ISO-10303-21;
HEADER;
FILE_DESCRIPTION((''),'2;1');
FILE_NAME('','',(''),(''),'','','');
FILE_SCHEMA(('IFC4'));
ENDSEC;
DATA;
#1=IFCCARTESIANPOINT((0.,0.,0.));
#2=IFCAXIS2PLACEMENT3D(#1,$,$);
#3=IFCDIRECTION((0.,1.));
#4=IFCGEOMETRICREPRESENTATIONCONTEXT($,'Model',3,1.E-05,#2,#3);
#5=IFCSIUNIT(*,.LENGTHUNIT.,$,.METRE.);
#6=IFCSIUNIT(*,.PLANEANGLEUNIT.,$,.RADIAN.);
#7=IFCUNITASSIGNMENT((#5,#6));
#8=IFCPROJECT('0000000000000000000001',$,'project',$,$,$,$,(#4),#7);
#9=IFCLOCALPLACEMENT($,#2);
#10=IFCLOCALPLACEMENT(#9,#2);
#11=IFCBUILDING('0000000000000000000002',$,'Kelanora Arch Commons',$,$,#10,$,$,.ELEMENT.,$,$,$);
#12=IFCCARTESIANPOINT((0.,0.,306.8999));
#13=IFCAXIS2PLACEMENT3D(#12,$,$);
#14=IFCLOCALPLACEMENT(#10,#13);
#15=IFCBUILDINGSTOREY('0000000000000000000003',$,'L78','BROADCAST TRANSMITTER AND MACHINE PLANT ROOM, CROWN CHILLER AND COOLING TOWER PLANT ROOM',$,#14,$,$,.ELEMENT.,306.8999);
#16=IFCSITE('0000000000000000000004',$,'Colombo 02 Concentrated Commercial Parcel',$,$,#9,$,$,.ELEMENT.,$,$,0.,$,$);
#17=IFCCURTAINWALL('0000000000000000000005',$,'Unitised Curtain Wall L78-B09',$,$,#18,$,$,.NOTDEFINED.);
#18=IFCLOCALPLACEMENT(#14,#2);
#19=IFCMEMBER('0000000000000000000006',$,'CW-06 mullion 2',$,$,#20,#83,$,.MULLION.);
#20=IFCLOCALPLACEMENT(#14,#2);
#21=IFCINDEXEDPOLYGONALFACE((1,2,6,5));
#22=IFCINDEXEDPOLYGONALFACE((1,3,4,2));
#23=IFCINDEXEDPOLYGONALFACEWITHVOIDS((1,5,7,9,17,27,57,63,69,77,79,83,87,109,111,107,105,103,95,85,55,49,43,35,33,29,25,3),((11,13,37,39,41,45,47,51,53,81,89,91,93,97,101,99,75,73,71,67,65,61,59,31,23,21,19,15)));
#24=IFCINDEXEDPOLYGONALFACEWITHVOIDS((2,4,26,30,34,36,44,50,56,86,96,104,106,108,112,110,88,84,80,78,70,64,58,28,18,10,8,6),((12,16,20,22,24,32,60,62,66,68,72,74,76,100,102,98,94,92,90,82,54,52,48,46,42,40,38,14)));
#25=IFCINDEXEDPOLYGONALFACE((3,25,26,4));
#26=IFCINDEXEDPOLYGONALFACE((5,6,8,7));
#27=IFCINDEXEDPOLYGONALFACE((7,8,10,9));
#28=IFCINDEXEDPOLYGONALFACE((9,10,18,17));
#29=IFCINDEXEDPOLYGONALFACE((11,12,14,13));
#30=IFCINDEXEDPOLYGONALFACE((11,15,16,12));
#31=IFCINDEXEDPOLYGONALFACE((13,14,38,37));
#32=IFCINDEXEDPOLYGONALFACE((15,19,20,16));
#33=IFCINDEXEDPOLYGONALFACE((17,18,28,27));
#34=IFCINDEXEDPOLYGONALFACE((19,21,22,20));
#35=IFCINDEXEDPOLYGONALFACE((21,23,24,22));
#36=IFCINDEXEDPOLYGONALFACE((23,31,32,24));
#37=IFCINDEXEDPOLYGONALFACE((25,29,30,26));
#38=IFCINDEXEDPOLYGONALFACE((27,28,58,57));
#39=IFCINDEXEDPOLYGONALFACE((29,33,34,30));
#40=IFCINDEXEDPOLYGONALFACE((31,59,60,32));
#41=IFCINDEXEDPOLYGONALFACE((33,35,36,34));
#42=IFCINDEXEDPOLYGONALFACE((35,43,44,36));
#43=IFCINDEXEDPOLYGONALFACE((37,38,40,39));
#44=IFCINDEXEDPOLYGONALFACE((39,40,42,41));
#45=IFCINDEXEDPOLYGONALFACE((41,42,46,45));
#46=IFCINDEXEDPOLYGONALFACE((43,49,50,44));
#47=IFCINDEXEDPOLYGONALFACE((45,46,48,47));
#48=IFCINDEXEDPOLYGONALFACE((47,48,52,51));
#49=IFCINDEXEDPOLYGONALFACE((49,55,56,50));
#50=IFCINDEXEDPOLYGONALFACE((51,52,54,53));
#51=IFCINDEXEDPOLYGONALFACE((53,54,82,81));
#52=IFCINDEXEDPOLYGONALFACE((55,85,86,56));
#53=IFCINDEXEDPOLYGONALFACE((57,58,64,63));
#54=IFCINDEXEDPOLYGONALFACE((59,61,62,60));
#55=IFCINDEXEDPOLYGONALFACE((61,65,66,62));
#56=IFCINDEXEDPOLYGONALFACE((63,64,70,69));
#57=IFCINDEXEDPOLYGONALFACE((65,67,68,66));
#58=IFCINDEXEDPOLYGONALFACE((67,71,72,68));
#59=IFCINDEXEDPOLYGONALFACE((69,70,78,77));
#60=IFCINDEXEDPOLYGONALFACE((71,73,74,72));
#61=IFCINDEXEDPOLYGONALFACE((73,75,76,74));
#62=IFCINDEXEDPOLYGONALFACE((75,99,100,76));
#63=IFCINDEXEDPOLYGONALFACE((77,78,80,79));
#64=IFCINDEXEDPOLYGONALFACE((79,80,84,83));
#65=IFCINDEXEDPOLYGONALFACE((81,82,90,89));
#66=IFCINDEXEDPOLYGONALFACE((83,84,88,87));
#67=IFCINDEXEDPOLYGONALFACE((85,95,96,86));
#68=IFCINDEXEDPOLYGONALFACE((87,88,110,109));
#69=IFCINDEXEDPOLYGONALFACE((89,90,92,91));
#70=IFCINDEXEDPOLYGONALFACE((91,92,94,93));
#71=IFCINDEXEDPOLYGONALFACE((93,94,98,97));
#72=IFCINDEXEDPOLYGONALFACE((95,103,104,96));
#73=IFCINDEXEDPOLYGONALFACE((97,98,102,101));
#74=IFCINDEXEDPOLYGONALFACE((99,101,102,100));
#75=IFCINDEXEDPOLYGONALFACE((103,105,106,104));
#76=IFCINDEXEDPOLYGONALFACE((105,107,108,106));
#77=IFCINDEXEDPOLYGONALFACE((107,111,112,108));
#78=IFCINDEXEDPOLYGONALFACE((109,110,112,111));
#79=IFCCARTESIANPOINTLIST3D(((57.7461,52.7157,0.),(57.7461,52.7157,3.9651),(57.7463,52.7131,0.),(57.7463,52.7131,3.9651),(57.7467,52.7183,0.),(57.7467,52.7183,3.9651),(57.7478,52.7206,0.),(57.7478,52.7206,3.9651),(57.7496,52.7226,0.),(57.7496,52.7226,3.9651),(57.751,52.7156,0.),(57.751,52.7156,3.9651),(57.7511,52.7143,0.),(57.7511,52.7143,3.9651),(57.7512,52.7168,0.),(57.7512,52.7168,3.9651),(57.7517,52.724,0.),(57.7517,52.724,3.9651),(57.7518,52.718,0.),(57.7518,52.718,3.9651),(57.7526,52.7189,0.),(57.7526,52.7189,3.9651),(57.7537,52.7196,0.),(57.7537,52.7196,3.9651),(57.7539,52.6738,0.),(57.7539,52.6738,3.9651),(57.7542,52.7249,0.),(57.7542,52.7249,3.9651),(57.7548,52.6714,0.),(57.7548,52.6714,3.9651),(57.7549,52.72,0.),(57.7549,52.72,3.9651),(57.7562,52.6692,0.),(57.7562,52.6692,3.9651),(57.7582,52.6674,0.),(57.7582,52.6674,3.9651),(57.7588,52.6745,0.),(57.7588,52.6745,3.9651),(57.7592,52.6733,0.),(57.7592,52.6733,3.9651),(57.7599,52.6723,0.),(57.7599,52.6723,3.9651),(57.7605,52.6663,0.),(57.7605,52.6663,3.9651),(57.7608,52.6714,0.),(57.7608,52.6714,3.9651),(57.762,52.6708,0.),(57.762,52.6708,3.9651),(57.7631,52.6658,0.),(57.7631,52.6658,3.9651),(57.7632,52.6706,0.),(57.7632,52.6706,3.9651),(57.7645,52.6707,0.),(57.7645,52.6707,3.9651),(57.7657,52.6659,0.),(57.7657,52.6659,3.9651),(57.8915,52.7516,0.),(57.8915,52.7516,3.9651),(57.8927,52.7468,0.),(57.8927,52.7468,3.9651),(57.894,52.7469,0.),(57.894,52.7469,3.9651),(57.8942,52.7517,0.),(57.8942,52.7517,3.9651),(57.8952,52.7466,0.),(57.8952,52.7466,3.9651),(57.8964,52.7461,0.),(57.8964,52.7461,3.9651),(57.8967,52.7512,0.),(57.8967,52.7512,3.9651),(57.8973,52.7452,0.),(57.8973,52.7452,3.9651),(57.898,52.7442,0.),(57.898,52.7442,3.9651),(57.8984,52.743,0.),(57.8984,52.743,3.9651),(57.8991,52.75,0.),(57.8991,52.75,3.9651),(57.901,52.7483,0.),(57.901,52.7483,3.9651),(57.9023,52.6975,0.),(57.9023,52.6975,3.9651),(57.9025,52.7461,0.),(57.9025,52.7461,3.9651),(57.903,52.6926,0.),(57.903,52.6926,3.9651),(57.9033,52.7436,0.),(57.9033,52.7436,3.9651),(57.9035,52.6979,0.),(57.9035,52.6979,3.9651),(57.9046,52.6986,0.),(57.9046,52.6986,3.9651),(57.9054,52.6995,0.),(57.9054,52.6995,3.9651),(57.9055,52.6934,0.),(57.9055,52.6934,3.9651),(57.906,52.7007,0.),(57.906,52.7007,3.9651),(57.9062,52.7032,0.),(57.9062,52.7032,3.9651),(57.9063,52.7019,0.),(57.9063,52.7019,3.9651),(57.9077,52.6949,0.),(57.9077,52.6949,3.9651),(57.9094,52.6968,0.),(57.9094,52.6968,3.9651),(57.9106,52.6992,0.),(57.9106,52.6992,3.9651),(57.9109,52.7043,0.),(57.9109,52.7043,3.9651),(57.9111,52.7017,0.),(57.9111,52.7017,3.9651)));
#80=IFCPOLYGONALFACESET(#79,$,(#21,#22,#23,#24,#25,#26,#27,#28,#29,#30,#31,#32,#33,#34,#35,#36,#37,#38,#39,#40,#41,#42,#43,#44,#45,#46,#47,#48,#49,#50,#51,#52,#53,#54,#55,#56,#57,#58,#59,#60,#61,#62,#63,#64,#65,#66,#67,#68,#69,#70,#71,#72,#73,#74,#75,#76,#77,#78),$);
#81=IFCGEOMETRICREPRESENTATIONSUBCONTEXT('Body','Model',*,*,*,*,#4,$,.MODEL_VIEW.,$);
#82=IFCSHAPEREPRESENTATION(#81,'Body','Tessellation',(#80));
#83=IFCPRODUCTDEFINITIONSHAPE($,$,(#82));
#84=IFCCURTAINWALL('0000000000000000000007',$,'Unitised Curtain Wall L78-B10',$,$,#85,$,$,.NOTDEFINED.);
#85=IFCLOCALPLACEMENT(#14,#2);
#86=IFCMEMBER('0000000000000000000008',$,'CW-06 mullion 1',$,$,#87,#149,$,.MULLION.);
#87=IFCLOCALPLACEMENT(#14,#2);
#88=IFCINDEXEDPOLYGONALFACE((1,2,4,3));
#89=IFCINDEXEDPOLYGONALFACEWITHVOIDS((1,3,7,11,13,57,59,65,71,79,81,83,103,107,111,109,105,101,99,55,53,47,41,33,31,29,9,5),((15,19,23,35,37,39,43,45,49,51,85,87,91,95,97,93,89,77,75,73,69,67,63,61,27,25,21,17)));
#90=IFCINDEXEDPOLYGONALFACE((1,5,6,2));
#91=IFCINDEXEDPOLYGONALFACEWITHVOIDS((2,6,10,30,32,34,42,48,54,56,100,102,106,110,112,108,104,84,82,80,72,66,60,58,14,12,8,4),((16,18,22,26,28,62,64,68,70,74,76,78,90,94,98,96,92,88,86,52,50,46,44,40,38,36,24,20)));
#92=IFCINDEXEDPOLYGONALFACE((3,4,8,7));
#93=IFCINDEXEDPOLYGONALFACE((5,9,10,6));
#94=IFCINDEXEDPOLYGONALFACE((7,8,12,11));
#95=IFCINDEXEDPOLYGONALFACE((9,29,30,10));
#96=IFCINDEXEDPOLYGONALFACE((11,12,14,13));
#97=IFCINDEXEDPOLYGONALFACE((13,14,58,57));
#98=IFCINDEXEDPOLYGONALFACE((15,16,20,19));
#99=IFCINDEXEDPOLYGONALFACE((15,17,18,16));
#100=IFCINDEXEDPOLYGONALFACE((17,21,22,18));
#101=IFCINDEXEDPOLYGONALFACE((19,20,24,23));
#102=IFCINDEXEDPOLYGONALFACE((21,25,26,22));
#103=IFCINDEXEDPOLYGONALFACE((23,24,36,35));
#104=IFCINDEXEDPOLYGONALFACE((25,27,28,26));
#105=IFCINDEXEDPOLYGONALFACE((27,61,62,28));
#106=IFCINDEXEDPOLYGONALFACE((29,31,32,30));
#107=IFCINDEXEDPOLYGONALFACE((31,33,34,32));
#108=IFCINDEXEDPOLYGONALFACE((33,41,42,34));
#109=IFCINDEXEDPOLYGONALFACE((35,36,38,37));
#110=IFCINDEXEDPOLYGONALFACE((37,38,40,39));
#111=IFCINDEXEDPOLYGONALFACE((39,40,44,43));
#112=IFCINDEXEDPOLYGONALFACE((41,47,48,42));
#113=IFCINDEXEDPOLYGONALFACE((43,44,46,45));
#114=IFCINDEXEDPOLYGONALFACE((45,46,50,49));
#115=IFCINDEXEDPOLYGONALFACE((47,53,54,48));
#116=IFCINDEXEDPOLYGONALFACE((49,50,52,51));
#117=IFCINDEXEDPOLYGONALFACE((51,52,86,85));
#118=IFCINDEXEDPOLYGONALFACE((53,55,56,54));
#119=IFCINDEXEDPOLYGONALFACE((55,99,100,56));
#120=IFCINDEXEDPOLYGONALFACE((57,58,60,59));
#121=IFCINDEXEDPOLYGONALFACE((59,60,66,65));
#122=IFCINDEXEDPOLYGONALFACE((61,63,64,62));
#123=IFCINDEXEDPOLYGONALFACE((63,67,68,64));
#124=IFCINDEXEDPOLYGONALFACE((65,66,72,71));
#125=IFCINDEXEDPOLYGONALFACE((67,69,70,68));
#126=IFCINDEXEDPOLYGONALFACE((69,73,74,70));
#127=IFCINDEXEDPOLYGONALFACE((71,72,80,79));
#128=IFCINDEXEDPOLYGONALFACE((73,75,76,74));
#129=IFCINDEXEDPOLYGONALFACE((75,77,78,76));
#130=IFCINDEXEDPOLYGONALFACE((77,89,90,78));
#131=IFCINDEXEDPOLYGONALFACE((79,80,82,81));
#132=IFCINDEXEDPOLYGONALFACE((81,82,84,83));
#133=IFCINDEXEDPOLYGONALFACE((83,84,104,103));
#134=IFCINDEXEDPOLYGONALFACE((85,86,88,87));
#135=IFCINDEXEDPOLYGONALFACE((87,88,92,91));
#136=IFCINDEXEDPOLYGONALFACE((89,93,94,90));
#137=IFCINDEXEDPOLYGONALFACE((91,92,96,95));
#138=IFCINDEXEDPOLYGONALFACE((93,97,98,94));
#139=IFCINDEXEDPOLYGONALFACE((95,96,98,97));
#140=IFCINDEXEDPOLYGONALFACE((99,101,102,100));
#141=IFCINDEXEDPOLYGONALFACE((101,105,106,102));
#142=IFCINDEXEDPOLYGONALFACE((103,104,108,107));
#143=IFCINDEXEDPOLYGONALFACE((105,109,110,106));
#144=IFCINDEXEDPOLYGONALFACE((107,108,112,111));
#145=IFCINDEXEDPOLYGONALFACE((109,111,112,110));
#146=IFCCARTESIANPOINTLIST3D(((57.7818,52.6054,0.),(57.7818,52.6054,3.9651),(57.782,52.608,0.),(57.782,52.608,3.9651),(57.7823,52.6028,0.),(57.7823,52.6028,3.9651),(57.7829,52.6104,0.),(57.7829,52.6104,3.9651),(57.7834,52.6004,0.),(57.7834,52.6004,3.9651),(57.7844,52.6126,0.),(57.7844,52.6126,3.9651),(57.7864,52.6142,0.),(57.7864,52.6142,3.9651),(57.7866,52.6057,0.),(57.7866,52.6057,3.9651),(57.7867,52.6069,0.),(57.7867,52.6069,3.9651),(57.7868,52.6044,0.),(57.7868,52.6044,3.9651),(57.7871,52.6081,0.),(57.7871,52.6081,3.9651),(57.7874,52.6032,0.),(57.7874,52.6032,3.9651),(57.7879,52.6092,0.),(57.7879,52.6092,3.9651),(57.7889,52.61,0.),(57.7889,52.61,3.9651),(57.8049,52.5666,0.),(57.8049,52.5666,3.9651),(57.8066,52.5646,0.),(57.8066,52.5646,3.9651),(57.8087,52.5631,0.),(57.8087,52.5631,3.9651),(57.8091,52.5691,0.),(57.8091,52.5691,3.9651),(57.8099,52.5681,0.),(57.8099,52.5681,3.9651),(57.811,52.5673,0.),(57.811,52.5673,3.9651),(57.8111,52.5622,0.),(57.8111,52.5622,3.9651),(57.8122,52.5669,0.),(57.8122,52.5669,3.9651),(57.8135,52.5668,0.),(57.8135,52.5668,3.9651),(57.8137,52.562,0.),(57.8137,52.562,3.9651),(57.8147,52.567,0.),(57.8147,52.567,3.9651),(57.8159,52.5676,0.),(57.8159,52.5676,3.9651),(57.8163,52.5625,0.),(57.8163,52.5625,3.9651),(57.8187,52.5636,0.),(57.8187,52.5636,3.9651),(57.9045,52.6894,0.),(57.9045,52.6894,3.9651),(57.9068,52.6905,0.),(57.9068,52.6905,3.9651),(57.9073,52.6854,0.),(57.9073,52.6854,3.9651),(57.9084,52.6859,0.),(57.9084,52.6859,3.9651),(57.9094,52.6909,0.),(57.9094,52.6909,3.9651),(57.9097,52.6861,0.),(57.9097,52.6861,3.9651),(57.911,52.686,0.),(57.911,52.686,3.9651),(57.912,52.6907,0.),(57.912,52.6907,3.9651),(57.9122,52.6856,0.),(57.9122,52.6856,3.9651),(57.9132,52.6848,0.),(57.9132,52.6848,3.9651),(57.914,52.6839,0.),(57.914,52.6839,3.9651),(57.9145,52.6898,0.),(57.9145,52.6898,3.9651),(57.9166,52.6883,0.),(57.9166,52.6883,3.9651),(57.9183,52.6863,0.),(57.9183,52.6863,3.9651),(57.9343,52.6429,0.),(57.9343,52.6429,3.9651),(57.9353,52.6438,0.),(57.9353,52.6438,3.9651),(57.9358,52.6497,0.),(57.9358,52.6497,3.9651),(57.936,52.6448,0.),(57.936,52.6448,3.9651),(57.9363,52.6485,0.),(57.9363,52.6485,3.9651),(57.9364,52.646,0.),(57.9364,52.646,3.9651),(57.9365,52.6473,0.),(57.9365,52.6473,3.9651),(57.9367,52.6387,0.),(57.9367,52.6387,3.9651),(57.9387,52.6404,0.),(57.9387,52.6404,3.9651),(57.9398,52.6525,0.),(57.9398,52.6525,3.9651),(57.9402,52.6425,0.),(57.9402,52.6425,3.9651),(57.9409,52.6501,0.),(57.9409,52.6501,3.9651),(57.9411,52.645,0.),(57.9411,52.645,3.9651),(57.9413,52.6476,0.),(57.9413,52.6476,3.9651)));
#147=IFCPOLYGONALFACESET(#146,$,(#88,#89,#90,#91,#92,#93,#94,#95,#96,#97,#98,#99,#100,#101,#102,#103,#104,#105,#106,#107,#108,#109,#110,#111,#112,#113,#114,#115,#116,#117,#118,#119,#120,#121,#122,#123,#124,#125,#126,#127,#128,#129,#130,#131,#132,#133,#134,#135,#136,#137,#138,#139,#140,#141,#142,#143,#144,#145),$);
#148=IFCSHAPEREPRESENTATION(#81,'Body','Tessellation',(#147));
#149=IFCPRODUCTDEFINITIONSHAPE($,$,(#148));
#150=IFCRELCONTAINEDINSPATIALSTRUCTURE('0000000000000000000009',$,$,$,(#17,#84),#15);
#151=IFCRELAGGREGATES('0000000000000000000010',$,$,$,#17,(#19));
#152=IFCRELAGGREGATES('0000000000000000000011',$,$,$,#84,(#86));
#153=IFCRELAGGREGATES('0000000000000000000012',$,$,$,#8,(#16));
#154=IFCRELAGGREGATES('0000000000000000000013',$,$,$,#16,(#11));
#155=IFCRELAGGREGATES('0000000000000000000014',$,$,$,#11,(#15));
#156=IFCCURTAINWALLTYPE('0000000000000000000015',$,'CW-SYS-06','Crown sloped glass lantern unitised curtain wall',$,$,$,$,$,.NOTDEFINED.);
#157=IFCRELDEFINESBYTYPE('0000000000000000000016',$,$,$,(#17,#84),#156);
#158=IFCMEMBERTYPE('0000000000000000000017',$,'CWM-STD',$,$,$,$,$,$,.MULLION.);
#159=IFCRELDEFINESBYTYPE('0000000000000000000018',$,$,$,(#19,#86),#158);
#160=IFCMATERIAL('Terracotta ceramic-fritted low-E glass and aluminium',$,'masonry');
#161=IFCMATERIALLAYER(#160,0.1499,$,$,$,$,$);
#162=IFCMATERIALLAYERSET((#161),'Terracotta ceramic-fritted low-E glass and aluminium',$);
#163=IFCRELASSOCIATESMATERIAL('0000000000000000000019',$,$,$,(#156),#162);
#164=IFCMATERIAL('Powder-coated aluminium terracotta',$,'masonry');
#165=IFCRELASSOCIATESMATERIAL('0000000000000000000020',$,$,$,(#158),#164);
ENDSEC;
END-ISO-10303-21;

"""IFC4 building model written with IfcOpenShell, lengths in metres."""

from ifc_helpers import new_model, si_unit, direction, frame, origin, origin_2d, place, context, subcontext, project, spatial, hollow_rectangle, extrude, material, layer, layer_set, material_profile, profile_set, type_object, element, aggregate, save


model = new_model("IFC4")

# Units and contexts
model_context = context("Model", 3, precision=1e-05, world=origin(), true_north=direction((0.0, 1.0)))
body_context = subcontext(model_context, "Body", "Model", "MODEL_VIEW")
ifc_project = project(units=[si_unit("LENGTHUNIT", "METRE"), si_unit("PLANEANGLEUNIT", "RADIAN")], contexts=[model_context])

# Site, building, storey
site_placement = place(None, origin())
site = spatial("IfcSite", under=ifc_project, at=site_placement, Name="Colombo 02 Concentrated Commercial Parcel", CompositionType="ELEMENT", RefElevation=0.0)
building_placement = place(site_placement, origin())
building = spatial("IfcBuilding", under=site, at=building_placement, Name="Kelanora Arch Commons", CompositionType="ELEMENT")
storey_placement = place(building_placement, frame((0.0, 0.0, 306.8999)))
storey = spatial("IfcBuildingStorey", under=building, at=storey_placement, Name="L78", Description="BROADCAST TRANSMITTER AND MACHINE PLANT ROOM, CROWN CHILLER AND COOLING TOWER PLANT ROOM", CompositionType="ELEMENT", Elevation=306.8999)

# Curtain walls, members
ifc_material_1 = material(Name="Terracotta ceramic-fritted low-E glass and aluminium", Category="masonry")
ifc_layer_1 = layer(ifc_material_1, 0.1499)
ifc_layer_set_1 = layer_set([ifc_layer_1], Name="Terracotta ceramic-fritted low-E glass and aluminium")
curtain_wall_type = type_object("IfcCurtainWallType", Name="CW-SYS-06", Description="Crown sloped glass lantern unitised curtain wall", PredefinedType="NOTDEFINED", material=ifc_layer_set_1)
curtain_wall_1_placement = place(storey_placement, origin())
curtain_wall_1 = element("IfcCurtainWall", 1, at=curtain_wall_1_placement, inside=storey, type_object=curtain_wall_type, Name="Unitised Curtain Wall L78-B09", PredefinedType="NOTDEFINED")
ifc_material_2 = material(Name="Powder-coated aluminium terracotta", Category="masonry")
ifc_material_profile_1 = material_profile(ifc_material_2, hollow_rectangle(XDim=0.1599, YDim=0.0601, WallThickness=0.0049, InnerFilletRadius=0.0049, OuterFilletRadius=0.01, at=origin_2d()), Name="CWM160x60")
ifc_profile_set_1 = profile_set([ifc_material_profile_1], Name="Powder-coated aluminium terracotta")
member_type_1 = type_object("IfcMemberType", Name="CWM-STD", PredefinedType="MULLION", material=ifc_profile_set_1)
member_1_placement = place(storey_placement, frame((57.8286, 52.7087, 0.0), z_axis=(0.0, 0.0, 1.0), x_axis=(0.981624, 0.190827, 0.0)))
member_1 = element("IfcMember", 2, at=member_1_placement, type_object=member_type_1, Name="CW-06 mullion 2", PredefinedType="MULLION", context=body_context, shape_type="SweptSolid", body=[
    extrude(hollow_rectangle(XDim=0.1599, YDim=0.0601, WallThickness=0.0049, InnerFilletRadius=0.0049, OuterFilletRadius=0.01, at=origin_2d()), origin(), (0.0, 0.0, 1.0), 3.9651),
])
curtain_wall_2_placement = place(storey_placement, origin())
curtain_wall_2 = element("IfcCurtainWall", 3, at=curtain_wall_2_placement, inside=storey, type_object=curtain_wall_type, Name="Unitised Curtain Wall L78-B10", PredefinedType="NOTDEFINED")
member_2_placement = place(storey_placement, frame((57.8616, 52.6265, 0.0), z_axis=(0.0, 0.0, 1.0), x_axis=(0.843592, 0.536984, 0.0)))
member_2 = element("IfcMember", 4, at=member_2_placement, type_object=member_type_1, Name="CW-06 mullion 1", PredefinedType="MULLION", context=body_context, shape_type="SweptSolid", body=[
    extrude(hollow_rectangle(XDim=0.1599, YDim=0.0601, WallThickness=0.0049, InnerFilletRadius=0.0049, OuterFilletRadius=0.01, at=origin_2d()), origin(), (0.0, 0.0, 1.0), 3.9651),
])

aggregate(curtain_wall_1, [member_1])
aggregate(curtain_wall_2, [member_2])

save(model, "model.ifc")
